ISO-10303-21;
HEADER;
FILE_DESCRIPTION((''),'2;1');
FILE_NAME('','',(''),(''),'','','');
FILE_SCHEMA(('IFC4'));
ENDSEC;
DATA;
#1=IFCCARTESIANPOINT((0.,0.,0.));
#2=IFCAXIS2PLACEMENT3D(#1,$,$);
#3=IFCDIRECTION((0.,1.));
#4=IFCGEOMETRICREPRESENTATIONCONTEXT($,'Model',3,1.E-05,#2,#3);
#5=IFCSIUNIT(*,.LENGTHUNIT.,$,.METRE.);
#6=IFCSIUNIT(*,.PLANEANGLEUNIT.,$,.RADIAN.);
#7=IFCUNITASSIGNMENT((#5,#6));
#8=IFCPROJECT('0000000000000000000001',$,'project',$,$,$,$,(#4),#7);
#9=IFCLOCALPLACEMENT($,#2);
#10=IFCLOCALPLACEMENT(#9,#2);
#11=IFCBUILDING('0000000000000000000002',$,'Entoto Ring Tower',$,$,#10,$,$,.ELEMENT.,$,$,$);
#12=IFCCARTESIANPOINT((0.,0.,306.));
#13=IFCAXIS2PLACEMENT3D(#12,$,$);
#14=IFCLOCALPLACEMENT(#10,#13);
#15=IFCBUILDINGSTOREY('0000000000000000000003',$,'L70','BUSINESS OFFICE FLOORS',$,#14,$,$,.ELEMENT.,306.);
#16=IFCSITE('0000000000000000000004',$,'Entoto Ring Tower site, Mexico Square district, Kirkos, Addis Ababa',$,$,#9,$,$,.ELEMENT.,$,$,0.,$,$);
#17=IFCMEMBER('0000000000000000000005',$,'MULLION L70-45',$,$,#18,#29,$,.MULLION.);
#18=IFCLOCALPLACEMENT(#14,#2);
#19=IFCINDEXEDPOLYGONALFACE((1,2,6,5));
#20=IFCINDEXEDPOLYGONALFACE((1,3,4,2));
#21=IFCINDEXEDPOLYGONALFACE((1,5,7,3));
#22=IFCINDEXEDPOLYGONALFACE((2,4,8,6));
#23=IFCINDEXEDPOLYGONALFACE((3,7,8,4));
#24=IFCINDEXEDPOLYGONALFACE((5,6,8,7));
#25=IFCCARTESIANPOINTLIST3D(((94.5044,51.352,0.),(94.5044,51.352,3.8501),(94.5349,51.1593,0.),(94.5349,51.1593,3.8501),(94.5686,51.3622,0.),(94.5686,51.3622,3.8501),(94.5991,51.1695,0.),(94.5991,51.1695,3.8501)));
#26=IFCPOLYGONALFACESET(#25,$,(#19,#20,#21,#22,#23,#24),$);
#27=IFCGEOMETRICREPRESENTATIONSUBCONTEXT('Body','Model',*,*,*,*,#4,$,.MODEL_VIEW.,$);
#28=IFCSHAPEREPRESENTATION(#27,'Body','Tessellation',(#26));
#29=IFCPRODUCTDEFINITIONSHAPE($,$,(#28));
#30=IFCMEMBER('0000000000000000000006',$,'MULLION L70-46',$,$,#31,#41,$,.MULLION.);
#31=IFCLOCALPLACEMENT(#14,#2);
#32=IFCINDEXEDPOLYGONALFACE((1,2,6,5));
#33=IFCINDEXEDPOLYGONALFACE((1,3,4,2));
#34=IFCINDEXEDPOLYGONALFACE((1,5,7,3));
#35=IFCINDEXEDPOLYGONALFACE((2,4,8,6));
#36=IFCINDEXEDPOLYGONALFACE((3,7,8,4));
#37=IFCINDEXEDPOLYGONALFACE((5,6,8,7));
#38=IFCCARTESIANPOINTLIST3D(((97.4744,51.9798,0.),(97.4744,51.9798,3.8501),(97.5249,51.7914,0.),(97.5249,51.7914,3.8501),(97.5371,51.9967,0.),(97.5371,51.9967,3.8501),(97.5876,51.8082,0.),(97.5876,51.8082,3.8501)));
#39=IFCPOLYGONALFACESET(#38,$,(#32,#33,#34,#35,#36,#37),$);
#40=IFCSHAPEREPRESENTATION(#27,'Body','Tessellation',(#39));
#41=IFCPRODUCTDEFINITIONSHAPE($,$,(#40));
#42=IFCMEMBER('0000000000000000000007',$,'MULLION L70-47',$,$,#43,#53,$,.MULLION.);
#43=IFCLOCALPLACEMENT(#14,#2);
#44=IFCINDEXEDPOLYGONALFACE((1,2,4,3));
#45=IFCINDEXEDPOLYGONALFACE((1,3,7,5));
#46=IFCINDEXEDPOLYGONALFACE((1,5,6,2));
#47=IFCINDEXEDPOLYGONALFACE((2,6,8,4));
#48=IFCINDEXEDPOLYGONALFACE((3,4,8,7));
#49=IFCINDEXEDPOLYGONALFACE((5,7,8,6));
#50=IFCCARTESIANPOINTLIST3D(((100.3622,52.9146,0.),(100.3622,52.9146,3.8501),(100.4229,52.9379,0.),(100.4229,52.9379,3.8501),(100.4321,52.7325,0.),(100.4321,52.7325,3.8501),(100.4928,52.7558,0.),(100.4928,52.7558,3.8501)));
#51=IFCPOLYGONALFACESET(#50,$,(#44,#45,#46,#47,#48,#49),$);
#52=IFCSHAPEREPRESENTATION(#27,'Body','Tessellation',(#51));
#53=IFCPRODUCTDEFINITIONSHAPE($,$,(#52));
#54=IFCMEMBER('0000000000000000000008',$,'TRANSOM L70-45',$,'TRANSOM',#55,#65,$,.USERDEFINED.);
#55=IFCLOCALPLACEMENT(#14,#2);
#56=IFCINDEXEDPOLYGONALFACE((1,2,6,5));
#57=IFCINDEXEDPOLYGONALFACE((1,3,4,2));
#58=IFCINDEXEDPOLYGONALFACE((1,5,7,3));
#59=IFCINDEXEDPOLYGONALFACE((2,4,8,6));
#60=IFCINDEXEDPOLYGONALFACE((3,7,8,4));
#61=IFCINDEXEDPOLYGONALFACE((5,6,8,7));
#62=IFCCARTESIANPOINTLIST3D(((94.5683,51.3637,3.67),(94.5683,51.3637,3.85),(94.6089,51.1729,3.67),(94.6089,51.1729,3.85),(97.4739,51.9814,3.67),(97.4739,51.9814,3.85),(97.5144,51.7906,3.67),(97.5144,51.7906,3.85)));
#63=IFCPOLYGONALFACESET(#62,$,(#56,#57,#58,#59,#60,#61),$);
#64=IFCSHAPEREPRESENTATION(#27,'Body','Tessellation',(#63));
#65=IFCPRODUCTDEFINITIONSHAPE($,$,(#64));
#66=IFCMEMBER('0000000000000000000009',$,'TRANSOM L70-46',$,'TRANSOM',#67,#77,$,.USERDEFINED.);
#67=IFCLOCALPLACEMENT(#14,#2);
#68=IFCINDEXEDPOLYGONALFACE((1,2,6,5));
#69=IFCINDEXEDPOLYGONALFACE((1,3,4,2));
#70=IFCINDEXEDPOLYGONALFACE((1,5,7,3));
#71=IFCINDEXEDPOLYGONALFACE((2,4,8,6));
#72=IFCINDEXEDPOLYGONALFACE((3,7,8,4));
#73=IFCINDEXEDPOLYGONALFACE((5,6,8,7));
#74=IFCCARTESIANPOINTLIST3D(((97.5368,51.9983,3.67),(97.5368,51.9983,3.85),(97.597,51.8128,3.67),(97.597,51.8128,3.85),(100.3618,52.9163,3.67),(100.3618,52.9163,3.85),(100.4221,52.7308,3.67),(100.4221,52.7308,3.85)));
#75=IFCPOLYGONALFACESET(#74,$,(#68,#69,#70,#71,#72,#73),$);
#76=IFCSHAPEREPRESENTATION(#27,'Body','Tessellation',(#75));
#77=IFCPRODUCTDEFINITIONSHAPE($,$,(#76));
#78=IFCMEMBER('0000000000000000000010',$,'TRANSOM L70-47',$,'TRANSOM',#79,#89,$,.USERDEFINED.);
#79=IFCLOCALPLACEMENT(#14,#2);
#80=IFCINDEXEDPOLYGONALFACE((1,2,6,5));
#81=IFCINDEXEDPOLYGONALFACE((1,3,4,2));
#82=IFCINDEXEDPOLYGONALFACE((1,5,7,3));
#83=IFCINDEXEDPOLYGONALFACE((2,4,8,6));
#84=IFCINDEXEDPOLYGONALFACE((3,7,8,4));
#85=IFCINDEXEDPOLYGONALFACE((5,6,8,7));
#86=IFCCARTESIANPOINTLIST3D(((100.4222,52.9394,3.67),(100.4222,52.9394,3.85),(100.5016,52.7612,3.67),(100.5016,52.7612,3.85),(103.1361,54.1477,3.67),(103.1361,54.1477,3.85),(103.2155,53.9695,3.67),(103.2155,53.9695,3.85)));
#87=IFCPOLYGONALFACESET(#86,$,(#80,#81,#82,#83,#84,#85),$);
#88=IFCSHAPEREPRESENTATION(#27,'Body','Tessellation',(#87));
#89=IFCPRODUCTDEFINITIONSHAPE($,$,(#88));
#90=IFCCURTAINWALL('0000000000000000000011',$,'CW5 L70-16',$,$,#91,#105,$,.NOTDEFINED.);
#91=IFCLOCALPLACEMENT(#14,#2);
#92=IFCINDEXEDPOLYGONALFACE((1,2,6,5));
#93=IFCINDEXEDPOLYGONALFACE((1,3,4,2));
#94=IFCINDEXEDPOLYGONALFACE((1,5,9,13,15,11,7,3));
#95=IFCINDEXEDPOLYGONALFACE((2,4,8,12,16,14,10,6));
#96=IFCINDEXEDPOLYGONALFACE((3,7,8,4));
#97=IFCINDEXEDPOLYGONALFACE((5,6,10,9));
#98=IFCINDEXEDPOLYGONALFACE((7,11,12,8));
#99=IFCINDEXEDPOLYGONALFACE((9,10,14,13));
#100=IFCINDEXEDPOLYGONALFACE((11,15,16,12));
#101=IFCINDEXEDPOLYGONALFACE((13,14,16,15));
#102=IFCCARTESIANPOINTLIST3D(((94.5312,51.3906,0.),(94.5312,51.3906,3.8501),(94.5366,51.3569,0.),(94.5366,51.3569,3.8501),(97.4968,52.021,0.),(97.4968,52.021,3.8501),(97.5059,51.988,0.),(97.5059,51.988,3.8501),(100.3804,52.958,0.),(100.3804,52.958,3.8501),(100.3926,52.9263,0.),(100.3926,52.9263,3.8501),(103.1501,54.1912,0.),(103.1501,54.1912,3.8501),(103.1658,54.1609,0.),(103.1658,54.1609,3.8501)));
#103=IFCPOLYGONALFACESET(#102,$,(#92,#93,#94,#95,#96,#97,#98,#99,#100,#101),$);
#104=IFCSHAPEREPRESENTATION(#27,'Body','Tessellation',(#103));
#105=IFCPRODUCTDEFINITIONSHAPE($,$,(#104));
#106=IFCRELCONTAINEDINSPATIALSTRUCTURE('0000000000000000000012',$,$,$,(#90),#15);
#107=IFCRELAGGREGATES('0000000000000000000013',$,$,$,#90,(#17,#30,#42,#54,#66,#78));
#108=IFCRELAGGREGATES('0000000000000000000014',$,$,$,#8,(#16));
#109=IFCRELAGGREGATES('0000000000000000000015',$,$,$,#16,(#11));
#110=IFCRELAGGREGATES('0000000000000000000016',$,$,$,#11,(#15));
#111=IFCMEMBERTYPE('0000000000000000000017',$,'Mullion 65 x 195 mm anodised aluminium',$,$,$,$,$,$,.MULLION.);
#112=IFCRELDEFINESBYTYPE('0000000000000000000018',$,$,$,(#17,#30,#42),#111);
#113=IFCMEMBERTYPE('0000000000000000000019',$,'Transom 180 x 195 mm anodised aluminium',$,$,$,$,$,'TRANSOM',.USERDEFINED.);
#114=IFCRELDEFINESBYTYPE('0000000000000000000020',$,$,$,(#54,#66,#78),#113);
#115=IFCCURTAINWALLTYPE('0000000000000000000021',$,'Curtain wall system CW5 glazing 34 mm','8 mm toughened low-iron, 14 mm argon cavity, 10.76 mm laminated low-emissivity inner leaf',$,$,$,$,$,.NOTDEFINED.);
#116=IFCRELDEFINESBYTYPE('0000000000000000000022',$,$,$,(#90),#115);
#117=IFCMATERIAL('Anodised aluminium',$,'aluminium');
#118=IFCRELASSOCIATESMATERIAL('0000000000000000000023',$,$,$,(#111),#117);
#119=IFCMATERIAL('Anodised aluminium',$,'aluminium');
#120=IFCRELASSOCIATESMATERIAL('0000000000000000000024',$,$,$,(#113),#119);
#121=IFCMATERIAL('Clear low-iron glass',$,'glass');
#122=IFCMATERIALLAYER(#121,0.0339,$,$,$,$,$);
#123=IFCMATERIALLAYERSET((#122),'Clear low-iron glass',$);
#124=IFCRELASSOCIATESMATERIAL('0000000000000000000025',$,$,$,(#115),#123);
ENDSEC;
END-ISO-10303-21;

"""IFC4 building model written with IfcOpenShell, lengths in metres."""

from ifc_helpers import new_model, si_unit, direction, frame, origin, origin_2d, place, context, subcontext, project, spatial, polyline, rectangle, outline, extrude, material, layer, layer_set, material_profile, profile_set, type_object, element, aggregate, save


model = new_model("IFC4")

# Units and contexts
model_context = context("Model", 3, precision=1e-05, world=origin(), true_north=direction((0.0, 1.0)))
body_context = subcontext(model_context, "Body", "Model", "MODEL_VIEW")
ifc_project = project(units=[si_unit("LENGTHUNIT", "METRE"), si_unit("PLANEANGLEUNIT", "RADIAN")], contexts=[model_context])

# Members
ifc_material_1 = material(Name="Anodised aluminium", Category="aluminium")
ifc_material_profile_1 = material_profile(ifc_material_1, rectangle(XDim=0.0649, YDim=0.1951, at=origin_2d()), Name="Mullion 65 x 195 mm anodised aluminium")
ifc_profile_set_1 = profile_set([ifc_material_profile_1], Name="Anodised aluminium")
member_type_1 = type_object("IfcMemberType", Name="Mullion 65 x 195 mm anodised aluminium", PredefinedType="MULLION", material=ifc_profile_set_1)
site_placement = place(None, origin())
building_placement = place(site_placement, origin())
storey_placement = place(building_placement, frame((0.0, 0.0, 306.0)))
member_1_placement = place(storey_placement, frame((94.5518, 51.2607, 0.0), z_axis=(0.0, 0.0, 1.0), x_axis=(0.987688, 0.156434, 0.0)))
member_1 = element("IfcMember", 1, at=member_1_placement, type_object=member_type_1, Name="MULLION L70-45", PredefinedType="MULLION", context=body_context, shape_type="SweptSolid", body=[
    extrude(rectangle(XDim=0.0649, YDim=0.1951, at=origin_2d()), origin(), (0.0, 0.0, 1.0), 3.8501),
])
member_2_placement = place(storey_placement, frame((97.531, 51.894, 0.0), z_axis=(0.0, 0.0, 1.0), x_axis=(0.965926, 0.258819, 0.0)))
member_2 = element("IfcMember", 2, at=member_2_placement, type_object=member_type_1, Name="MULLION L70-46", PredefinedType="MULLION", context=body_context, shape_type="SweptSolid", body=[
    extrude(rectangle(XDim=0.0649, YDim=0.1951, at=origin_2d()), origin(), (0.0, 0.0, 1.0), 3.8501),
])
member_3_placement = place(storey_placement, frame((100.4275, 52.8352, 0.0), z_axis=(0.0, 0.0, 1.0), x_axis=(0.93358, 0.358368, 0.0)))
member_3 = element("IfcMember", 3, at=member_3_placement, type_object=member_type_1, Name="MULLION L70-47", PredefinedType="MULLION", context=body_context, shape_type="SweptSolid", body=[
    extrude(rectangle(XDim=0.0649, YDim=0.1951, at=origin_2d()), origin(), (0.0, 0.0, 1.0), 3.8501),
])
ifc_material_2 = material(Name="Anodised aluminium", Category="aluminium")
ifc_material_profile_2 = material_profile(ifc_material_2, rectangle(XDim=0.1951, YDim=0.1799, at=origin_2d()), Name="Transom 180 x 195 mm anodised aluminium")
ifc_profile_set_2 = profile_set([ifc_material_profile_2], Name="Anodised aluminium")
member_type_2 = type_object("IfcMemberType", Name="Transom 180 x 195 mm anodised aluminium", ElementType="TRANSOM", PredefinedType="USERDEFINED", material=ifc_profile_set_2)
member_4_placement = place(storey_placement, frame((94.5886, 51.2683, 3.76), z_axis=(0.978142, 0.20794, 0.0), x_axis=(-0.20794, 0.978142, 0.0)))
member_4 = element("IfcMember", 4, at=member_4_placement, type_object=member_type_2, Name="TRANSOM L70-45", ObjectType="TRANSOM", PredefinedType="USERDEFINED", context=body_context, shape_type="SweptSolid", body=[
    extrude(rectangle(XDim=0.1951, YDim=0.1799, at=origin_2d()), origin(), (0.0, 0.0, 1.0), 2.9705),
])
member_5_placement = place(storey_placement, frame((97.5669, 51.9055, 3.76), z_axis=(0.951048, 0.309043, 0.0), x_axis=(-0.309043, 0.951048, 0.0)))
member_5 = element("IfcMember", 5, at=member_5_placement, type_object=member_type_2, Name="TRANSOM L70-46", ObjectType="TRANSOM", PredefinedType="USERDEFINED", context=body_context, shape_type="SweptSolid", body=[
    extrude(rectangle(XDim=0.1951, YDim=0.1799, at=origin_2d()), origin(), (0.0, 0.0, 1.0), 2.9705),
])
member_6_placement = place(storey_placement, frame((100.4619, 52.8503, 3.76), z_axis=(0.91355, 0.406726, 0.0), x_axis=(-0.406726, 0.91355, 0.0)))
member_6 = element("IfcMember", 6, at=member_6_placement, type_object=member_type_2, Name="TRANSOM L70-47", ObjectType="TRANSOM", PredefinedType="USERDEFINED", context=body_context, shape_type="SweptSolid", body=[
    extrude(rectangle(XDim=0.1951, YDim=0.1799, at=origin_2d()), origin(), (0.0, 0.0, 1.0), 2.9707),
])

# Site, building, storey
site = spatial("IfcSite", under=ifc_project, at=site_placement, Name="Entoto Ring Tower site, Mexico Square district, Kirkos, Addis Ababa", CompositionType="ELEMENT", RefElevation=0.0)
building = spatial("IfcBuilding", under=site, at=building_placement, Name="Entoto Ring Tower", CompositionType="ELEMENT")
storey = spatial("IfcBuildingStorey", under=building, at=storey_placement, Name="L70", Description="BUSINESS OFFICE FLOORS", CompositionType="ELEMENT", Elevation=306.0)

# Curtain wall
ifc_material_3 = material(Name="Clear low-iron glass", Category="glass")
ifc_layer = layer(ifc_material_3, 0.0339)
ifc_layer_set = layer_set([ifc_layer], Name="Clear low-iron glass")
curtain_wall_type = type_object("IfcCurtainWallType", Name="Curtain wall system CW5 glazing 34 mm", Description="8 mm toughened low-iron, 14 mm argon cavity, 10.76 mm laminated low-emissivity inner leaf", PredefinedType="NOTDEFINED", material=ifc_layer_set)
curtain_wall_1_placement = place(storey_placement, origin())
curtain_wall_1 = element("IfcCurtainWall", 7, at=curtain_wall_1_placement, inside=storey, type_object=curtain_wall_type, Name="CW5 L70-16", PredefinedType="NOTDEFINED", context=body_context, shape_type="SweptSolid", body=[
    extrude(outline(polyline([(94.5366, 51.3569), (97.5059, 51.988), (100.3926, 52.9263), (103.1658, 54.1609), (103.1501, 54.1912), (100.3804, 52.958), (97.4968, 52.021), (94.5312, 51.3906), (94.5366, 51.3569)])), origin(), (0.0, 0.0, 1.0), 3.8501),
])
aggregate(curtain_wall_1, [member_1, member_2, member_3, member_4, member_5, member_6])

save(model, "model.ifc")
